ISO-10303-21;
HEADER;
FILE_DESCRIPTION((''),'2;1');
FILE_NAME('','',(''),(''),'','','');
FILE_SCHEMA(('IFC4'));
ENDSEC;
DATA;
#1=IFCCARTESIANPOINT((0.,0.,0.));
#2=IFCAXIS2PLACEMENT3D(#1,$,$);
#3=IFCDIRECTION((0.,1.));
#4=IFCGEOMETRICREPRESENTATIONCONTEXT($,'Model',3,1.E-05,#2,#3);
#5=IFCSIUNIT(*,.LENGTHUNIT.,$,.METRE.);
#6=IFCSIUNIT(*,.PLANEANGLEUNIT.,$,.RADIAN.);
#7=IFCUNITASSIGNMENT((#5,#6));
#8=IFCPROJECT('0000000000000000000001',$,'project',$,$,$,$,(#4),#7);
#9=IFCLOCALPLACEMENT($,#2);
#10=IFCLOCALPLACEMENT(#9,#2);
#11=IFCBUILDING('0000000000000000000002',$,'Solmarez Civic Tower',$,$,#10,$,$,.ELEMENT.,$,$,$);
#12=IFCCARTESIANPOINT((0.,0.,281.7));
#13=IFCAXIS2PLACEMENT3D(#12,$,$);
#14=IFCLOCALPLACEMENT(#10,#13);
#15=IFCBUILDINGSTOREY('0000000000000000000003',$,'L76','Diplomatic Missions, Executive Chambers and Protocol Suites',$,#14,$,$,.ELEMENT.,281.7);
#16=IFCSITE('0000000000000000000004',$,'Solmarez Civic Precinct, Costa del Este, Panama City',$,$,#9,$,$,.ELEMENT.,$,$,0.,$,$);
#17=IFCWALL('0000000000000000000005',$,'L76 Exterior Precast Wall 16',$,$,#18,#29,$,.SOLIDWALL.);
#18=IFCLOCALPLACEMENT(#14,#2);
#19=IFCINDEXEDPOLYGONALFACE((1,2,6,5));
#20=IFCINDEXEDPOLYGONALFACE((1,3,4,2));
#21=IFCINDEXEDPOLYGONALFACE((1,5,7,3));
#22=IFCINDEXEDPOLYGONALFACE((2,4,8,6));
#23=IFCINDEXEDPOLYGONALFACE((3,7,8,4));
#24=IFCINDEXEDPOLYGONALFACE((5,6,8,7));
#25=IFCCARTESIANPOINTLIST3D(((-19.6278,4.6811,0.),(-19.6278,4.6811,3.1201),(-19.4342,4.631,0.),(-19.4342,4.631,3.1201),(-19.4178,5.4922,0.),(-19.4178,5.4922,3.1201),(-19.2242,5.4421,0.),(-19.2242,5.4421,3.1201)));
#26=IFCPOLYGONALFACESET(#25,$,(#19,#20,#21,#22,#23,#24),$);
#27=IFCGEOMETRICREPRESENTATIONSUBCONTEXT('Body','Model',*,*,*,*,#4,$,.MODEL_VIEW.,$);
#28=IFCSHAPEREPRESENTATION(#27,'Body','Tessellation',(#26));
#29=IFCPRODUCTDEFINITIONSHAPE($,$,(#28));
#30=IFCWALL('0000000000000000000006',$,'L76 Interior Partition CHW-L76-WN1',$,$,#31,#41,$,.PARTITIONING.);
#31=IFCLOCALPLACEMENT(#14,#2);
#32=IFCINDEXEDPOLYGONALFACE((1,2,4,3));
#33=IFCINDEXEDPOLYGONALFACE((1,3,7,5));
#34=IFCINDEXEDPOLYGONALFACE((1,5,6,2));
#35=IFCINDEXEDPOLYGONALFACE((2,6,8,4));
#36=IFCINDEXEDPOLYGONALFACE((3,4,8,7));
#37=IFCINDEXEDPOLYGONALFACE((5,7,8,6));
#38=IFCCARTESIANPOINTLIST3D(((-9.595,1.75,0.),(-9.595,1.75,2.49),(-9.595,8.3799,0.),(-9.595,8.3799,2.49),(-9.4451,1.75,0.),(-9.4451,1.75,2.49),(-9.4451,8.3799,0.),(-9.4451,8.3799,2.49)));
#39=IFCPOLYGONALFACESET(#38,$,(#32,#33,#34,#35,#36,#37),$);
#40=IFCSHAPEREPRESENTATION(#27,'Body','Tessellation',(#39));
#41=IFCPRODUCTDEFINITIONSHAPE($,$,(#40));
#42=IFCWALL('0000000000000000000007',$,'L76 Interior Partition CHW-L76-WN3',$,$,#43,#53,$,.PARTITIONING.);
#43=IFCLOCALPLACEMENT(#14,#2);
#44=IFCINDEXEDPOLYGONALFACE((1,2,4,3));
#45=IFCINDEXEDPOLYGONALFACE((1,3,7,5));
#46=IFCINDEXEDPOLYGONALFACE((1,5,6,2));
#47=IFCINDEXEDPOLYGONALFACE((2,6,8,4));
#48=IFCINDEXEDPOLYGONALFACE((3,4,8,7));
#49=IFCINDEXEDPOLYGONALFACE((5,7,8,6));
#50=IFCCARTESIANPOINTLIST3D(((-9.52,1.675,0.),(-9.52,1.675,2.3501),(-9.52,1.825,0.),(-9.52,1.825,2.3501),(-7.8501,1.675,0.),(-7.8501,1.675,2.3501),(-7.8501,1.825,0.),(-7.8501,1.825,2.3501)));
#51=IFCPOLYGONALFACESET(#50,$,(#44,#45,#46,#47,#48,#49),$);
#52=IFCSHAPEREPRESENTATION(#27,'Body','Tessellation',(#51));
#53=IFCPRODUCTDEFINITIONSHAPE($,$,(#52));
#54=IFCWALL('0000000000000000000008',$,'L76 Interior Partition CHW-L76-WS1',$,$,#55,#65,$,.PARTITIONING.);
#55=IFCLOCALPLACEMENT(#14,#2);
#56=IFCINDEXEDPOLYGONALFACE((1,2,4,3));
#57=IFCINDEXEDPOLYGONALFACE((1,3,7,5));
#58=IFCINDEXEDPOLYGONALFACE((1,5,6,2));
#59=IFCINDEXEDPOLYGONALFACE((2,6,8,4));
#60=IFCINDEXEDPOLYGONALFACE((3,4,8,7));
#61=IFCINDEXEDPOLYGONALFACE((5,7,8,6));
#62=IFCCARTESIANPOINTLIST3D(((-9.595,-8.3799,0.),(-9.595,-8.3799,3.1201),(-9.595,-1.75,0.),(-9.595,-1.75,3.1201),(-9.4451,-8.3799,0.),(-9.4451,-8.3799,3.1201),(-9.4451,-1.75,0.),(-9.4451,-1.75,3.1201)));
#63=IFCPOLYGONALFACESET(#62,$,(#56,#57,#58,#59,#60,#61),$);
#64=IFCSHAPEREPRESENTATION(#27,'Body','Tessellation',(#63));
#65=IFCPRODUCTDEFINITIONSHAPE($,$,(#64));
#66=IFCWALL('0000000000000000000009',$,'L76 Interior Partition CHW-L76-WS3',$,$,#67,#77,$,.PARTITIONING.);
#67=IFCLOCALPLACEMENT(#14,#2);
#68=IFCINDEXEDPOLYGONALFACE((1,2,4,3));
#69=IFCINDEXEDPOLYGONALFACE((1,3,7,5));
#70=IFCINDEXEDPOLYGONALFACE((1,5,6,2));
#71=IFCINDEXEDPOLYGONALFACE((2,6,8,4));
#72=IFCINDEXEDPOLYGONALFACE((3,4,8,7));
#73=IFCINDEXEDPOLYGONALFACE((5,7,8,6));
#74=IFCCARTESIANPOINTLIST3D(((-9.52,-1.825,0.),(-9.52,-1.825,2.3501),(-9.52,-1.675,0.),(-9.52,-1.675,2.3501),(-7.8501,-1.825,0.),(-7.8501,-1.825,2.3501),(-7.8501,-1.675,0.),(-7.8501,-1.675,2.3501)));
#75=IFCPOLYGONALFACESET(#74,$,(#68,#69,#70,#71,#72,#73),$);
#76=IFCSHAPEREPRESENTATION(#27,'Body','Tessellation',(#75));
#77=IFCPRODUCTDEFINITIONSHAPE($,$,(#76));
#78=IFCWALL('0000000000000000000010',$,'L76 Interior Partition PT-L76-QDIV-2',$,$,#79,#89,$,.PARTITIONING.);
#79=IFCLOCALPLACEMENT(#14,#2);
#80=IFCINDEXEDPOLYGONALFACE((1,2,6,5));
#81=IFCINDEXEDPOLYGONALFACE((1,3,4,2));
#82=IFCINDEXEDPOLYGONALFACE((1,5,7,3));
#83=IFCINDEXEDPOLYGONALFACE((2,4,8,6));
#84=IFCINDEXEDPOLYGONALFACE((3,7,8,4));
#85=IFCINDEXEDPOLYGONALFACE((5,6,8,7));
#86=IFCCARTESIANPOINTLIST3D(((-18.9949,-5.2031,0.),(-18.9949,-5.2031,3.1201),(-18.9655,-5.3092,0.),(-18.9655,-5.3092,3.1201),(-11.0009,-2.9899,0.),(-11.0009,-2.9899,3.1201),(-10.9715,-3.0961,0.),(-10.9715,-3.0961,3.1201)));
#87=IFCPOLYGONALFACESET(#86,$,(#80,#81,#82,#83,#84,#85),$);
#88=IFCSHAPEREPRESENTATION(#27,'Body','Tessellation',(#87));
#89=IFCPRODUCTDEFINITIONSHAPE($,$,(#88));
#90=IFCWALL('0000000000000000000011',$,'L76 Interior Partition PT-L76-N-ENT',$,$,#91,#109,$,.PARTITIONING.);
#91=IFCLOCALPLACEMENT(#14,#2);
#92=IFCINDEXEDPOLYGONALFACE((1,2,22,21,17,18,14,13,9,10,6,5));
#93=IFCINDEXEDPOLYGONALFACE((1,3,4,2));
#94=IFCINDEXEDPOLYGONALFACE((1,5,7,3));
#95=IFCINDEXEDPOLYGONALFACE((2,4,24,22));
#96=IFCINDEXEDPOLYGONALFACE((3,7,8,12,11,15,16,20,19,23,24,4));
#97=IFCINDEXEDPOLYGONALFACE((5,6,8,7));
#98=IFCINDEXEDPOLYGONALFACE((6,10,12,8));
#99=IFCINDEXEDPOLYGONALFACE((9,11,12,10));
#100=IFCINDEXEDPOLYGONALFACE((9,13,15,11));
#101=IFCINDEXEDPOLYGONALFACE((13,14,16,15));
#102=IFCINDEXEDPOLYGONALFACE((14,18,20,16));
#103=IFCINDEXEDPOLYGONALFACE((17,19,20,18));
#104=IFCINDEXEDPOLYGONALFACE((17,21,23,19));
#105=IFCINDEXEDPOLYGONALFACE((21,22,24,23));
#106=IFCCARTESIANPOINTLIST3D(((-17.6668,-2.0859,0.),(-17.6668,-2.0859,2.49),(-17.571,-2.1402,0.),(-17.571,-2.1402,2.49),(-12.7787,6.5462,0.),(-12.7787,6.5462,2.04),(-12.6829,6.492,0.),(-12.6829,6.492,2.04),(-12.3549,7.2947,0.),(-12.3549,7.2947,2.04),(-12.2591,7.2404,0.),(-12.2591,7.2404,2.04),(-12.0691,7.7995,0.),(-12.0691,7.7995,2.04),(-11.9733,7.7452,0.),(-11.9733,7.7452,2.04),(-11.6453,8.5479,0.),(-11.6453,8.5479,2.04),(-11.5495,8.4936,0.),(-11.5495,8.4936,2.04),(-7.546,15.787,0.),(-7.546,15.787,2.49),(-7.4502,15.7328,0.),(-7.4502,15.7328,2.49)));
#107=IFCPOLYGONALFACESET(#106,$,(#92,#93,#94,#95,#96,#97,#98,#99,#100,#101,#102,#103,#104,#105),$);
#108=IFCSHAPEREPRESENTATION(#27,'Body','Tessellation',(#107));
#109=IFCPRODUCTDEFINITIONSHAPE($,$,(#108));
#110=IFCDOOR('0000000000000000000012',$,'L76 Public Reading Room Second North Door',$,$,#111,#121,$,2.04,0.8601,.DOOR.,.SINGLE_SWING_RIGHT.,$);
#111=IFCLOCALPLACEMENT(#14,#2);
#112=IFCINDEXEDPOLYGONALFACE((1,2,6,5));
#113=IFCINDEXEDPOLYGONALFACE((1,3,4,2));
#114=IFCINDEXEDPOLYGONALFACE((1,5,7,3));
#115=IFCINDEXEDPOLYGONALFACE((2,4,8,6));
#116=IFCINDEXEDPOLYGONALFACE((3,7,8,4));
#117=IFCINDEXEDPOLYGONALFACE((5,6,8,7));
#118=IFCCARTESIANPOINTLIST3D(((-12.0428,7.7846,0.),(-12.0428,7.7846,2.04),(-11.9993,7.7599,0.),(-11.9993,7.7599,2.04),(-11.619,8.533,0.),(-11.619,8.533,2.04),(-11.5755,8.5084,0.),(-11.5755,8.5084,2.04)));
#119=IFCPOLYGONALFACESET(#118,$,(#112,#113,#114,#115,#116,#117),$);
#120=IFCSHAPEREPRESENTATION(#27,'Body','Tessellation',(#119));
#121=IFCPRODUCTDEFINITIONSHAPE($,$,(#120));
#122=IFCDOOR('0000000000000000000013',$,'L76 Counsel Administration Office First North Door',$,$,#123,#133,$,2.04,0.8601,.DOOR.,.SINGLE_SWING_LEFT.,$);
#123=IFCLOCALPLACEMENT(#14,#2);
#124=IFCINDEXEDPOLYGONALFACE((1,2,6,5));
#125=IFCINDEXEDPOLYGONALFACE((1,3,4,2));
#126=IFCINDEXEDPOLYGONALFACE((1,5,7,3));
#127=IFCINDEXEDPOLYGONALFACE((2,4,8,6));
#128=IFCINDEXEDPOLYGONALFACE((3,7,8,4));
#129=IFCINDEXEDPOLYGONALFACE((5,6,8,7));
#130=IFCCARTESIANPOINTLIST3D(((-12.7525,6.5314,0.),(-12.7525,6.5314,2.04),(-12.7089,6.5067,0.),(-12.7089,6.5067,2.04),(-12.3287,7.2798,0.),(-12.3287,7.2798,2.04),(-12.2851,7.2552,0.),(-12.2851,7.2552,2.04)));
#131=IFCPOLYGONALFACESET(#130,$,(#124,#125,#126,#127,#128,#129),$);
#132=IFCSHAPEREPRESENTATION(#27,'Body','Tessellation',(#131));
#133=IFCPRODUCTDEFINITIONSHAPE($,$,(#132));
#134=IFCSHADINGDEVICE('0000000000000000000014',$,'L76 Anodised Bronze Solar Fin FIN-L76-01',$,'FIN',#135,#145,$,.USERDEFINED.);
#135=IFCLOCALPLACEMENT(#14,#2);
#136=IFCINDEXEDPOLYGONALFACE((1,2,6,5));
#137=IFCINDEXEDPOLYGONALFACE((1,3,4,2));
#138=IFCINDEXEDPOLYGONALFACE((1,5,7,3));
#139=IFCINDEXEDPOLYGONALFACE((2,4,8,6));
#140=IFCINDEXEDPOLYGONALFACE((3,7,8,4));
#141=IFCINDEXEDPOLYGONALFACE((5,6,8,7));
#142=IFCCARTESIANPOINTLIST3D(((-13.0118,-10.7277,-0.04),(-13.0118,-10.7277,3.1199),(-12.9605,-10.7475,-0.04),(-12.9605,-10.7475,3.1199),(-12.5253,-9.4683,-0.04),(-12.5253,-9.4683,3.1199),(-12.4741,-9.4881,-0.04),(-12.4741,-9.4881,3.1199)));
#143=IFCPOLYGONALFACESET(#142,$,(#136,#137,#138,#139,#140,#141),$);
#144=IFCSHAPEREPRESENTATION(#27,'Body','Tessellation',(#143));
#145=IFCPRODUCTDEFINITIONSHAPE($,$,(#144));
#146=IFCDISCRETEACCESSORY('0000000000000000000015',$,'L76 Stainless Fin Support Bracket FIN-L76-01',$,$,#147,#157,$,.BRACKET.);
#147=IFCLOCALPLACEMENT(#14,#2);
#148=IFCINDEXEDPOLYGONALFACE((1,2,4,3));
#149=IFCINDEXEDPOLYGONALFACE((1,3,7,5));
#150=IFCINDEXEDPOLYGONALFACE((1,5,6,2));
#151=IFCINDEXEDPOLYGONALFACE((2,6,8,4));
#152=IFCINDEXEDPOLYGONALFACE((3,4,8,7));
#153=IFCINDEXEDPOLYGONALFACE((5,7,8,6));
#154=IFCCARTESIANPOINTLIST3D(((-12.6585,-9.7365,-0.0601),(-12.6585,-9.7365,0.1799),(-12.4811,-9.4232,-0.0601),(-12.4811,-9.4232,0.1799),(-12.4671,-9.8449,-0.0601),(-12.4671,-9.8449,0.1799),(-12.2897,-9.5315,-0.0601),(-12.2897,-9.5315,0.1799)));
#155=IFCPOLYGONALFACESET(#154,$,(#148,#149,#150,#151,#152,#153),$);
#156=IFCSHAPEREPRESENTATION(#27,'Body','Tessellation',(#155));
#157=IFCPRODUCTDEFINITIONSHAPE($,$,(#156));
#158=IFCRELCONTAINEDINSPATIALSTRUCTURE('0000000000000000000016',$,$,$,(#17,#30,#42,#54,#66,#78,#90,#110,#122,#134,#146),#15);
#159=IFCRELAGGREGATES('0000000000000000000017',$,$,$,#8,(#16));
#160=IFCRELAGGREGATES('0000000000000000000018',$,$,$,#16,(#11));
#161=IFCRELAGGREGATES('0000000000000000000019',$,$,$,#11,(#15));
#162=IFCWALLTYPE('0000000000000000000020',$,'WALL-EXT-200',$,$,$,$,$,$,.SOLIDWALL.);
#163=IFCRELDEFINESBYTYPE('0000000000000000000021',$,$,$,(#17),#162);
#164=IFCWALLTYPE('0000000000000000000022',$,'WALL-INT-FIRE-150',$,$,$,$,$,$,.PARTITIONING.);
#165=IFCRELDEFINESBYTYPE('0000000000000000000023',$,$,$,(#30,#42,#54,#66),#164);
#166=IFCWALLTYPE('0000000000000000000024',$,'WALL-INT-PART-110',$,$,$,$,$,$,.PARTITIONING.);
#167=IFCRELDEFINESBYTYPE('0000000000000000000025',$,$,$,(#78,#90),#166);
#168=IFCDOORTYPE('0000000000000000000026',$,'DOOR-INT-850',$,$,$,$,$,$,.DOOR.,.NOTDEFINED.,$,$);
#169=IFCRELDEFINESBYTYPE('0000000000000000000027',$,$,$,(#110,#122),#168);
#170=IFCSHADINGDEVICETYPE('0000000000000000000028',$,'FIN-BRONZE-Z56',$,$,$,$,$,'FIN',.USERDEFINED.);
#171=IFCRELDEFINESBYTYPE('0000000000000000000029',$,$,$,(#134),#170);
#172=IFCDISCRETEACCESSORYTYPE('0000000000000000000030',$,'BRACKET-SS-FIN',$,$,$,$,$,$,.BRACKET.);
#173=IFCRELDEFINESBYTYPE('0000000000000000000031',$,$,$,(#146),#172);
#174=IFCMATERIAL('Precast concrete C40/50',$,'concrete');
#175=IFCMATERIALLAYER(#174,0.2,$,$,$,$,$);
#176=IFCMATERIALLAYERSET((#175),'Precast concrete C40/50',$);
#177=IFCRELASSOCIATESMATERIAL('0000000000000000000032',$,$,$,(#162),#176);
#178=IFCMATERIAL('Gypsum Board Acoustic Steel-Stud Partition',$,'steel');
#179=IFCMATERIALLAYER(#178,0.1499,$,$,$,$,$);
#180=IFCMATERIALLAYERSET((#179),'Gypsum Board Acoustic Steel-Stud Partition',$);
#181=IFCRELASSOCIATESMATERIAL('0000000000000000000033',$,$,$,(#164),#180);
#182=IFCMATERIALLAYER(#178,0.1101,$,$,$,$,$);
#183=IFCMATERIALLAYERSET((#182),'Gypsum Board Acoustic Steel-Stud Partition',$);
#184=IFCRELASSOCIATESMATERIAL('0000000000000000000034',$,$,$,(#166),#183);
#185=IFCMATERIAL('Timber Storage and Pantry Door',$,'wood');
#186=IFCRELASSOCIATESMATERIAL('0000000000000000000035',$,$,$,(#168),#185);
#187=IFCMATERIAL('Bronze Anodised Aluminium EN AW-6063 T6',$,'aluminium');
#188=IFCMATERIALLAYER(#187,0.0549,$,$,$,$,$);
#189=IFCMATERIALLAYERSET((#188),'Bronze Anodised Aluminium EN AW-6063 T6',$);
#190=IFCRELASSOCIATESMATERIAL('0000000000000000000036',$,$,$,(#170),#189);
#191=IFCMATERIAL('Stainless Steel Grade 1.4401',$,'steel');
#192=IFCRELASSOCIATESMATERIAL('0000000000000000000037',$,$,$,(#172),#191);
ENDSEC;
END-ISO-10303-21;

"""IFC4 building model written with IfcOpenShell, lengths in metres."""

from ifc_helpers import new_model, si_unit, direction, frame, frame_2d, origin, origin_2d, place, context, subcontext, project, spatial, rectangle, extrude, material, layer, layer_set, type_object, element, fill, save


model = new_model("IFC4")

# Units and contexts
model_context = context("Model", 3, precision=1e-05, world=origin(), true_north=direction((0.0, 1.0)))
body_context = subcontext(model_context, "Body", "Model", "MODEL_VIEW")
ifc_project = project(units=[si_unit("LENGTHUNIT", "METRE"), si_unit("PLANEANGLEUNIT", "RADIAN")], contexts=[model_context])

# Site, building, storey
site_placement = place(None, origin())
site = spatial("IfcSite", under=ifc_project, at=site_placement, Name="Solmarez Civic Precinct, Costa del Este, Panama City", CompositionType="ELEMENT", RefElevation=0.0)
building_placement = place(site_placement, origin())
building = spatial("IfcBuilding", under=site, at=building_placement, Name="Solmarez Civic Tower", CompositionType="ELEMENT")
storey_placement = place(building_placement, frame((0.0, 0.0, 281.7)))
storey = spatial("IfcBuildingStorey", under=building, at=storey_placement, Name="L76", Description="Diplomatic Missions, Executive Chambers and Protocol Suites", CompositionType="ELEMENT", Elevation=281.7)

# Walls
ifc_material_1 = material(Name="Precast concrete C40/50", Category="concrete")
ifc_layer_1 = layer(ifc_material_1, 0.2)
ifc_layer_set_1 = layer_set([ifc_layer_1], Name="Precast concrete C40/50")
wall_type_1 = type_object("IfcWallType", Name="WALL-EXT-200", PredefinedType="SOLIDWALL", material=ifc_layer_set_1)
wall_1_placement = place(storey_placement, frame((-19.531, 4.656, 0.0), z_axis=(0.0, 0.0, 1.0), x_axis=(0.250618, 0.968086, 0.0)))
element("IfcWall", 1, at=wall_1_placement, inside=storey, type_object=wall_type_1, Name="L76 Exterior Precast Wall 16", PredefinedType="SOLIDWALL", context=body_context, shape_type="SweptSolid", body=[
    extrude(rectangle(XDim=0.8379, YDim=0.2, at=frame_2d((0.4189, 0.0))), origin(), (0.0, 0.0, 1.0), 3.1201),
])
ifc_material_2 = material(Name="Gypsum Board Acoustic Steel-Stud Partition", Category="steel")
ifc_layer_2 = layer(ifc_material_2, 0.1499)
ifc_layer_set_2 = layer_set([ifc_layer_2], Name="Gypsum Board Acoustic Steel-Stud Partition")
wall_type_2 = type_object("IfcWallType", Name="WALL-INT-FIRE-150", PredefinedType="PARTITIONING", material=ifc_layer_set_2)
wall_2_placement = place(storey_placement, frame((-9.52, 1.75, 0.0), z_axis=(0.0, 0.0, 1.0), x_axis=(0.0, 1.0, 0.0)))
element("IfcWall", 2, at=wall_2_placement, inside=storey, type_object=wall_type_2, Name="L76 Interior Partition CHW-L76-WN1", PredefinedType="PARTITIONING", context=body_context, shape_type="SweptSolid", body=[
    extrude(rectangle(XDim=6.6299, YDim=0.1499, at=frame_2d((3.3149, 0.0))), origin(), (0.0, 0.0, 1.0), 2.49),
])
wall_3_placement = place(storey_placement, frame((-7.8501, 1.75, 0.0), z_axis=(0.0, 0.0, 1.0), x_axis=(-1.0, 0.0, 0.0)))
element("IfcWall", 3, at=wall_3_placement, inside=storey, type_object=wall_type_2, Name="L76 Interior Partition CHW-L76-WN3", PredefinedType="PARTITIONING", context=body_context, shape_type="SweptSolid", body=[
    extrude(rectangle(XDim=1.6699, YDim=0.1499, at=frame_2d((0.835, 0.0))), origin(), (0.0, 0.0, 1.0), 2.3501),
])
wall_4_placement = place(storey_placement, frame((-9.52, -8.3799, 0.0), z_axis=(0.0, 0.0, 1.0), x_axis=(0.0, 1.0, 0.0)))
element("IfcWall", 4, at=wall_4_placement, inside=storey, type_object=wall_type_2, Name="L76 Interior Partition CHW-L76-WS1", PredefinedType="PARTITIONING", context=body_context, shape_type="SweptSolid", body=[
    extrude(rectangle(XDim=6.6299, YDim=0.1499, at=frame_2d((3.3149, 0.0))), origin(), (0.0, 0.0, 1.0), 3.1201),
])
wall_5_placement = place(storey_placement, frame((-7.8501, -1.75, 0.0), z_axis=(0.0, 0.0, 1.0), x_axis=(-1.0, 0.0, 0.0)))
element("IfcWall", 5, at=wall_5_placement, inside=storey, type_object=wall_type_2, Name="L76 Interior Partition CHW-L76-WS3", PredefinedType="PARTITIONING", context=body_context, shape_type="SweptSolid", body=[
    extrude(rectangle(XDim=1.6699, YDim=0.1499, at=frame_2d((0.835, 0.0))), origin(), (0.0, 0.0, 1.0), 2.3501),
])
ifc_layer_3 = layer(ifc_material_2, 0.1101)
ifc_layer_set_3 = layer_set([ifc_layer_3], Name="Gypsum Board Acoustic Steel-Stud Partition")
wall_type_3 = type_object("IfcWallType", Name="WALL-INT-PART-110", PredefinedType="PARTITIONING", material=ifc_layer_set_3)
wall_6_placement = place(storey_placement, frame((-10.9861, -3.043, 0.0), z_axis=(0.0, 0.0, 1.0), x_axis=(-0.963747, -0.266816, 0.0)))
element("IfcWall", 6, at=wall_6_placement, inside=storey, type_object=wall_type_3, Name="L76 Interior Partition PT-L76-QDIV-2", PredefinedType="PARTITIONING", context=body_context, shape_type="SweptSolid", body=[
    extrude(rectangle(XDim=8.2947, YDim=0.1101, at=frame_2d((4.1475, 0.0))), origin(), (0.0, 0.0, 1.0), 3.1201),
])

# Wall, openings, doors
wall_7_placement = place(storey_placement, frame((-17.6189, -2.113, 0.0), z_axis=(0.0, 0.0, 1.0), x_axis=(0.492747, 0.870173, 0.0)))
wall_7 = element("IfcWall", 7, at=wall_7_placement, inside=storey, type_object=wall_type_3, Name="L76 Interior Partition PT-L76-N-ENT", PredefinedType="PARTITIONING", context=body_context, shape_type="SweptSolid", body=[
    extrude(rectangle(XDim=20.5396, YDim=0.1101, at=frame_2d((10.2698, 0.0))), origin(), (0.0, 0.0, 1.0), 2.49),
])
opening_1_placement = place(wall_7_placement, frame((11.3601, 0.0, 0.0)))
opening_1 = element("IfcOpeningElement", 8, at=opening_1_placement, cuts=wall_7, PredefinedType="OPENING", context=body_context, shape_type="SweptSolid", body=[
    extrude(rectangle(XDim=0.8601, YDim=2.04, at=frame_2d((0.4302, 1.02))), frame((0.0, 0.0649, 0.0), z_axis=(0.0, -1.0, 0.0), x_axis=(1.0, 0.0, 0.0)), (0.0, 0.0, 1.0), 0.1301),
])
opening_2_placement = place(wall_7_placement, frame((9.9199, 0.0, 0.0)))
opening_2 = element("IfcOpeningElement", 9, at=opening_2_placement, cuts=wall_7, PredefinedType="OPENING", context=body_context, shape_type="SweptSolid", body=[
    extrude(rectangle(XDim=0.8601, YDim=2.04, at=frame_2d((0.4302, 1.02))), frame((0.0, 0.0649, 0.0), z_axis=(0.0, -1.0, 0.0), x_axis=(1.0, 0.0, 0.0)), (0.0, 0.0, 1.0), 0.1301),
])
ifc_material_3 = material(Name="Timber Storage and Pantry Door", Category="wood")
door_type_1 = type_object("IfcDoorType", Name="DOOR-INT-850", OperationType="NOTDEFINED", PredefinedType="DOOR", material=ifc_material_3)
door_1_placement = place(opening_1_placement, origin())
door_1 = element("IfcDoor", 10, at=door_1_placement, inside=storey, type_object=door_type_1, Name="L76 Public Reading Room Second North Door", OperationType="SINGLE_SWING_RIGHT", OverallHeight=2.04, OverallWidth=0.8601, PredefinedType="DOOR", context=body_context, shape_type="SweptSolid", body=[
    extrude(rectangle(XDim=0.8601, YDim=2.04, at=frame_2d((0.4302, 1.02))), frame((0.0, 0.0249, 0.0), z_axis=(0.0, -1.0, 0.0), x_axis=(1.0, 0.0, 0.0)), (0.0, 0.0, 1.0), 0.05),
])
fill(opening_1, door_1)
door_2_placement = place(opening_2_placement, origin())
door_2 = element("IfcDoor", 11, at=door_2_placement, inside=storey, type_object=door_type_1, Name="L76 Counsel Administration Office First North Door", OperationType="SINGLE_SWING_LEFT", OverallHeight=2.04, OverallWidth=0.8601, PredefinedType="DOOR", context=body_context, shape_type="SweptSolid", body=[
    extrude(rectangle(XDim=0.8601, YDim=2.04, at=frame_2d((0.4302, 1.02))), frame((0.0, 0.0249, 0.0), z_axis=(0.0, -1.0, 0.0), x_axis=(1.0, 0.0, 0.0)), (0.0, 0.0, 1.0), 0.05),
])
fill(opening_2, door_2)

# Shading device
ifc_material_4 = material(Name="Bronze Anodised Aluminium EN AW-6063 T6", Category="aluminium")
ifc_layer_4 = layer(ifc_material_4, 0.0549)
ifc_layer_set_4 = layer_set([ifc_layer_4], Name="Bronze Anodised Aluminium EN AW-6063 T6")
shading_device_type = type_object("IfcShadingDeviceType", Name="FIN-BRONZE-Z56", ElementType="FIN", PredefinedType="USERDEFINED", material=ifc_layer_set_4)
shading_device_placement = place(storey_placement, frame((-12.7429, -10.1079, -0.04), z_axis=(0.0, 0.0, 1.0), x_axis=(-0.360306, -0.932834, 0.0)))
element("IfcShadingDevice", 12, at=shading_device_placement, inside=storey, type_object=shading_device_type, Name="L76 Anodised Bronze Solar Fin FIN-L76-01", ObjectType="FIN", PredefinedType="USERDEFINED", context=body_context, shape_type="SweptSolid", body=[
    extrude(rectangle(XDim=1.3501, YDim=0.0549, at=origin_2d()), origin(), (0.0, 0.0, 1.0), 3.1599),
])

# Discrete accessory
ifc_material_5 = material(Name="Stainless Steel Grade 1.4401", Category="steel")
discrete_accessory_type = type_object("IfcDiscreteAccessoryType", Name="BRACKET-SS-FIN", PredefinedType="BRACKET", material=ifc_material_5)
discrete_accessory_placement = place(storey_placement, frame((-12.4741, -9.634, -0.0601), z_axis=(0.0, 0.0, 1.0), x_axis=(-0.492705, -0.870196, 0.0)))
element("IfcDiscreteAccessory", 13, at=discrete_accessory_placement, inside=storey, type_object=discrete_accessory_type, Name="L76 Stainless Fin Support Bracket FIN-L76-01", PredefinedType="BRACKET", context=body_context, shape_type="SweptSolid", body=[
    extrude(rectangle(XDim=0.3601, YDim=0.22, at=origin_2d()), origin(), (0.0, 0.0, 1.0), 0.24),
])

save(model, "model.ifc")
